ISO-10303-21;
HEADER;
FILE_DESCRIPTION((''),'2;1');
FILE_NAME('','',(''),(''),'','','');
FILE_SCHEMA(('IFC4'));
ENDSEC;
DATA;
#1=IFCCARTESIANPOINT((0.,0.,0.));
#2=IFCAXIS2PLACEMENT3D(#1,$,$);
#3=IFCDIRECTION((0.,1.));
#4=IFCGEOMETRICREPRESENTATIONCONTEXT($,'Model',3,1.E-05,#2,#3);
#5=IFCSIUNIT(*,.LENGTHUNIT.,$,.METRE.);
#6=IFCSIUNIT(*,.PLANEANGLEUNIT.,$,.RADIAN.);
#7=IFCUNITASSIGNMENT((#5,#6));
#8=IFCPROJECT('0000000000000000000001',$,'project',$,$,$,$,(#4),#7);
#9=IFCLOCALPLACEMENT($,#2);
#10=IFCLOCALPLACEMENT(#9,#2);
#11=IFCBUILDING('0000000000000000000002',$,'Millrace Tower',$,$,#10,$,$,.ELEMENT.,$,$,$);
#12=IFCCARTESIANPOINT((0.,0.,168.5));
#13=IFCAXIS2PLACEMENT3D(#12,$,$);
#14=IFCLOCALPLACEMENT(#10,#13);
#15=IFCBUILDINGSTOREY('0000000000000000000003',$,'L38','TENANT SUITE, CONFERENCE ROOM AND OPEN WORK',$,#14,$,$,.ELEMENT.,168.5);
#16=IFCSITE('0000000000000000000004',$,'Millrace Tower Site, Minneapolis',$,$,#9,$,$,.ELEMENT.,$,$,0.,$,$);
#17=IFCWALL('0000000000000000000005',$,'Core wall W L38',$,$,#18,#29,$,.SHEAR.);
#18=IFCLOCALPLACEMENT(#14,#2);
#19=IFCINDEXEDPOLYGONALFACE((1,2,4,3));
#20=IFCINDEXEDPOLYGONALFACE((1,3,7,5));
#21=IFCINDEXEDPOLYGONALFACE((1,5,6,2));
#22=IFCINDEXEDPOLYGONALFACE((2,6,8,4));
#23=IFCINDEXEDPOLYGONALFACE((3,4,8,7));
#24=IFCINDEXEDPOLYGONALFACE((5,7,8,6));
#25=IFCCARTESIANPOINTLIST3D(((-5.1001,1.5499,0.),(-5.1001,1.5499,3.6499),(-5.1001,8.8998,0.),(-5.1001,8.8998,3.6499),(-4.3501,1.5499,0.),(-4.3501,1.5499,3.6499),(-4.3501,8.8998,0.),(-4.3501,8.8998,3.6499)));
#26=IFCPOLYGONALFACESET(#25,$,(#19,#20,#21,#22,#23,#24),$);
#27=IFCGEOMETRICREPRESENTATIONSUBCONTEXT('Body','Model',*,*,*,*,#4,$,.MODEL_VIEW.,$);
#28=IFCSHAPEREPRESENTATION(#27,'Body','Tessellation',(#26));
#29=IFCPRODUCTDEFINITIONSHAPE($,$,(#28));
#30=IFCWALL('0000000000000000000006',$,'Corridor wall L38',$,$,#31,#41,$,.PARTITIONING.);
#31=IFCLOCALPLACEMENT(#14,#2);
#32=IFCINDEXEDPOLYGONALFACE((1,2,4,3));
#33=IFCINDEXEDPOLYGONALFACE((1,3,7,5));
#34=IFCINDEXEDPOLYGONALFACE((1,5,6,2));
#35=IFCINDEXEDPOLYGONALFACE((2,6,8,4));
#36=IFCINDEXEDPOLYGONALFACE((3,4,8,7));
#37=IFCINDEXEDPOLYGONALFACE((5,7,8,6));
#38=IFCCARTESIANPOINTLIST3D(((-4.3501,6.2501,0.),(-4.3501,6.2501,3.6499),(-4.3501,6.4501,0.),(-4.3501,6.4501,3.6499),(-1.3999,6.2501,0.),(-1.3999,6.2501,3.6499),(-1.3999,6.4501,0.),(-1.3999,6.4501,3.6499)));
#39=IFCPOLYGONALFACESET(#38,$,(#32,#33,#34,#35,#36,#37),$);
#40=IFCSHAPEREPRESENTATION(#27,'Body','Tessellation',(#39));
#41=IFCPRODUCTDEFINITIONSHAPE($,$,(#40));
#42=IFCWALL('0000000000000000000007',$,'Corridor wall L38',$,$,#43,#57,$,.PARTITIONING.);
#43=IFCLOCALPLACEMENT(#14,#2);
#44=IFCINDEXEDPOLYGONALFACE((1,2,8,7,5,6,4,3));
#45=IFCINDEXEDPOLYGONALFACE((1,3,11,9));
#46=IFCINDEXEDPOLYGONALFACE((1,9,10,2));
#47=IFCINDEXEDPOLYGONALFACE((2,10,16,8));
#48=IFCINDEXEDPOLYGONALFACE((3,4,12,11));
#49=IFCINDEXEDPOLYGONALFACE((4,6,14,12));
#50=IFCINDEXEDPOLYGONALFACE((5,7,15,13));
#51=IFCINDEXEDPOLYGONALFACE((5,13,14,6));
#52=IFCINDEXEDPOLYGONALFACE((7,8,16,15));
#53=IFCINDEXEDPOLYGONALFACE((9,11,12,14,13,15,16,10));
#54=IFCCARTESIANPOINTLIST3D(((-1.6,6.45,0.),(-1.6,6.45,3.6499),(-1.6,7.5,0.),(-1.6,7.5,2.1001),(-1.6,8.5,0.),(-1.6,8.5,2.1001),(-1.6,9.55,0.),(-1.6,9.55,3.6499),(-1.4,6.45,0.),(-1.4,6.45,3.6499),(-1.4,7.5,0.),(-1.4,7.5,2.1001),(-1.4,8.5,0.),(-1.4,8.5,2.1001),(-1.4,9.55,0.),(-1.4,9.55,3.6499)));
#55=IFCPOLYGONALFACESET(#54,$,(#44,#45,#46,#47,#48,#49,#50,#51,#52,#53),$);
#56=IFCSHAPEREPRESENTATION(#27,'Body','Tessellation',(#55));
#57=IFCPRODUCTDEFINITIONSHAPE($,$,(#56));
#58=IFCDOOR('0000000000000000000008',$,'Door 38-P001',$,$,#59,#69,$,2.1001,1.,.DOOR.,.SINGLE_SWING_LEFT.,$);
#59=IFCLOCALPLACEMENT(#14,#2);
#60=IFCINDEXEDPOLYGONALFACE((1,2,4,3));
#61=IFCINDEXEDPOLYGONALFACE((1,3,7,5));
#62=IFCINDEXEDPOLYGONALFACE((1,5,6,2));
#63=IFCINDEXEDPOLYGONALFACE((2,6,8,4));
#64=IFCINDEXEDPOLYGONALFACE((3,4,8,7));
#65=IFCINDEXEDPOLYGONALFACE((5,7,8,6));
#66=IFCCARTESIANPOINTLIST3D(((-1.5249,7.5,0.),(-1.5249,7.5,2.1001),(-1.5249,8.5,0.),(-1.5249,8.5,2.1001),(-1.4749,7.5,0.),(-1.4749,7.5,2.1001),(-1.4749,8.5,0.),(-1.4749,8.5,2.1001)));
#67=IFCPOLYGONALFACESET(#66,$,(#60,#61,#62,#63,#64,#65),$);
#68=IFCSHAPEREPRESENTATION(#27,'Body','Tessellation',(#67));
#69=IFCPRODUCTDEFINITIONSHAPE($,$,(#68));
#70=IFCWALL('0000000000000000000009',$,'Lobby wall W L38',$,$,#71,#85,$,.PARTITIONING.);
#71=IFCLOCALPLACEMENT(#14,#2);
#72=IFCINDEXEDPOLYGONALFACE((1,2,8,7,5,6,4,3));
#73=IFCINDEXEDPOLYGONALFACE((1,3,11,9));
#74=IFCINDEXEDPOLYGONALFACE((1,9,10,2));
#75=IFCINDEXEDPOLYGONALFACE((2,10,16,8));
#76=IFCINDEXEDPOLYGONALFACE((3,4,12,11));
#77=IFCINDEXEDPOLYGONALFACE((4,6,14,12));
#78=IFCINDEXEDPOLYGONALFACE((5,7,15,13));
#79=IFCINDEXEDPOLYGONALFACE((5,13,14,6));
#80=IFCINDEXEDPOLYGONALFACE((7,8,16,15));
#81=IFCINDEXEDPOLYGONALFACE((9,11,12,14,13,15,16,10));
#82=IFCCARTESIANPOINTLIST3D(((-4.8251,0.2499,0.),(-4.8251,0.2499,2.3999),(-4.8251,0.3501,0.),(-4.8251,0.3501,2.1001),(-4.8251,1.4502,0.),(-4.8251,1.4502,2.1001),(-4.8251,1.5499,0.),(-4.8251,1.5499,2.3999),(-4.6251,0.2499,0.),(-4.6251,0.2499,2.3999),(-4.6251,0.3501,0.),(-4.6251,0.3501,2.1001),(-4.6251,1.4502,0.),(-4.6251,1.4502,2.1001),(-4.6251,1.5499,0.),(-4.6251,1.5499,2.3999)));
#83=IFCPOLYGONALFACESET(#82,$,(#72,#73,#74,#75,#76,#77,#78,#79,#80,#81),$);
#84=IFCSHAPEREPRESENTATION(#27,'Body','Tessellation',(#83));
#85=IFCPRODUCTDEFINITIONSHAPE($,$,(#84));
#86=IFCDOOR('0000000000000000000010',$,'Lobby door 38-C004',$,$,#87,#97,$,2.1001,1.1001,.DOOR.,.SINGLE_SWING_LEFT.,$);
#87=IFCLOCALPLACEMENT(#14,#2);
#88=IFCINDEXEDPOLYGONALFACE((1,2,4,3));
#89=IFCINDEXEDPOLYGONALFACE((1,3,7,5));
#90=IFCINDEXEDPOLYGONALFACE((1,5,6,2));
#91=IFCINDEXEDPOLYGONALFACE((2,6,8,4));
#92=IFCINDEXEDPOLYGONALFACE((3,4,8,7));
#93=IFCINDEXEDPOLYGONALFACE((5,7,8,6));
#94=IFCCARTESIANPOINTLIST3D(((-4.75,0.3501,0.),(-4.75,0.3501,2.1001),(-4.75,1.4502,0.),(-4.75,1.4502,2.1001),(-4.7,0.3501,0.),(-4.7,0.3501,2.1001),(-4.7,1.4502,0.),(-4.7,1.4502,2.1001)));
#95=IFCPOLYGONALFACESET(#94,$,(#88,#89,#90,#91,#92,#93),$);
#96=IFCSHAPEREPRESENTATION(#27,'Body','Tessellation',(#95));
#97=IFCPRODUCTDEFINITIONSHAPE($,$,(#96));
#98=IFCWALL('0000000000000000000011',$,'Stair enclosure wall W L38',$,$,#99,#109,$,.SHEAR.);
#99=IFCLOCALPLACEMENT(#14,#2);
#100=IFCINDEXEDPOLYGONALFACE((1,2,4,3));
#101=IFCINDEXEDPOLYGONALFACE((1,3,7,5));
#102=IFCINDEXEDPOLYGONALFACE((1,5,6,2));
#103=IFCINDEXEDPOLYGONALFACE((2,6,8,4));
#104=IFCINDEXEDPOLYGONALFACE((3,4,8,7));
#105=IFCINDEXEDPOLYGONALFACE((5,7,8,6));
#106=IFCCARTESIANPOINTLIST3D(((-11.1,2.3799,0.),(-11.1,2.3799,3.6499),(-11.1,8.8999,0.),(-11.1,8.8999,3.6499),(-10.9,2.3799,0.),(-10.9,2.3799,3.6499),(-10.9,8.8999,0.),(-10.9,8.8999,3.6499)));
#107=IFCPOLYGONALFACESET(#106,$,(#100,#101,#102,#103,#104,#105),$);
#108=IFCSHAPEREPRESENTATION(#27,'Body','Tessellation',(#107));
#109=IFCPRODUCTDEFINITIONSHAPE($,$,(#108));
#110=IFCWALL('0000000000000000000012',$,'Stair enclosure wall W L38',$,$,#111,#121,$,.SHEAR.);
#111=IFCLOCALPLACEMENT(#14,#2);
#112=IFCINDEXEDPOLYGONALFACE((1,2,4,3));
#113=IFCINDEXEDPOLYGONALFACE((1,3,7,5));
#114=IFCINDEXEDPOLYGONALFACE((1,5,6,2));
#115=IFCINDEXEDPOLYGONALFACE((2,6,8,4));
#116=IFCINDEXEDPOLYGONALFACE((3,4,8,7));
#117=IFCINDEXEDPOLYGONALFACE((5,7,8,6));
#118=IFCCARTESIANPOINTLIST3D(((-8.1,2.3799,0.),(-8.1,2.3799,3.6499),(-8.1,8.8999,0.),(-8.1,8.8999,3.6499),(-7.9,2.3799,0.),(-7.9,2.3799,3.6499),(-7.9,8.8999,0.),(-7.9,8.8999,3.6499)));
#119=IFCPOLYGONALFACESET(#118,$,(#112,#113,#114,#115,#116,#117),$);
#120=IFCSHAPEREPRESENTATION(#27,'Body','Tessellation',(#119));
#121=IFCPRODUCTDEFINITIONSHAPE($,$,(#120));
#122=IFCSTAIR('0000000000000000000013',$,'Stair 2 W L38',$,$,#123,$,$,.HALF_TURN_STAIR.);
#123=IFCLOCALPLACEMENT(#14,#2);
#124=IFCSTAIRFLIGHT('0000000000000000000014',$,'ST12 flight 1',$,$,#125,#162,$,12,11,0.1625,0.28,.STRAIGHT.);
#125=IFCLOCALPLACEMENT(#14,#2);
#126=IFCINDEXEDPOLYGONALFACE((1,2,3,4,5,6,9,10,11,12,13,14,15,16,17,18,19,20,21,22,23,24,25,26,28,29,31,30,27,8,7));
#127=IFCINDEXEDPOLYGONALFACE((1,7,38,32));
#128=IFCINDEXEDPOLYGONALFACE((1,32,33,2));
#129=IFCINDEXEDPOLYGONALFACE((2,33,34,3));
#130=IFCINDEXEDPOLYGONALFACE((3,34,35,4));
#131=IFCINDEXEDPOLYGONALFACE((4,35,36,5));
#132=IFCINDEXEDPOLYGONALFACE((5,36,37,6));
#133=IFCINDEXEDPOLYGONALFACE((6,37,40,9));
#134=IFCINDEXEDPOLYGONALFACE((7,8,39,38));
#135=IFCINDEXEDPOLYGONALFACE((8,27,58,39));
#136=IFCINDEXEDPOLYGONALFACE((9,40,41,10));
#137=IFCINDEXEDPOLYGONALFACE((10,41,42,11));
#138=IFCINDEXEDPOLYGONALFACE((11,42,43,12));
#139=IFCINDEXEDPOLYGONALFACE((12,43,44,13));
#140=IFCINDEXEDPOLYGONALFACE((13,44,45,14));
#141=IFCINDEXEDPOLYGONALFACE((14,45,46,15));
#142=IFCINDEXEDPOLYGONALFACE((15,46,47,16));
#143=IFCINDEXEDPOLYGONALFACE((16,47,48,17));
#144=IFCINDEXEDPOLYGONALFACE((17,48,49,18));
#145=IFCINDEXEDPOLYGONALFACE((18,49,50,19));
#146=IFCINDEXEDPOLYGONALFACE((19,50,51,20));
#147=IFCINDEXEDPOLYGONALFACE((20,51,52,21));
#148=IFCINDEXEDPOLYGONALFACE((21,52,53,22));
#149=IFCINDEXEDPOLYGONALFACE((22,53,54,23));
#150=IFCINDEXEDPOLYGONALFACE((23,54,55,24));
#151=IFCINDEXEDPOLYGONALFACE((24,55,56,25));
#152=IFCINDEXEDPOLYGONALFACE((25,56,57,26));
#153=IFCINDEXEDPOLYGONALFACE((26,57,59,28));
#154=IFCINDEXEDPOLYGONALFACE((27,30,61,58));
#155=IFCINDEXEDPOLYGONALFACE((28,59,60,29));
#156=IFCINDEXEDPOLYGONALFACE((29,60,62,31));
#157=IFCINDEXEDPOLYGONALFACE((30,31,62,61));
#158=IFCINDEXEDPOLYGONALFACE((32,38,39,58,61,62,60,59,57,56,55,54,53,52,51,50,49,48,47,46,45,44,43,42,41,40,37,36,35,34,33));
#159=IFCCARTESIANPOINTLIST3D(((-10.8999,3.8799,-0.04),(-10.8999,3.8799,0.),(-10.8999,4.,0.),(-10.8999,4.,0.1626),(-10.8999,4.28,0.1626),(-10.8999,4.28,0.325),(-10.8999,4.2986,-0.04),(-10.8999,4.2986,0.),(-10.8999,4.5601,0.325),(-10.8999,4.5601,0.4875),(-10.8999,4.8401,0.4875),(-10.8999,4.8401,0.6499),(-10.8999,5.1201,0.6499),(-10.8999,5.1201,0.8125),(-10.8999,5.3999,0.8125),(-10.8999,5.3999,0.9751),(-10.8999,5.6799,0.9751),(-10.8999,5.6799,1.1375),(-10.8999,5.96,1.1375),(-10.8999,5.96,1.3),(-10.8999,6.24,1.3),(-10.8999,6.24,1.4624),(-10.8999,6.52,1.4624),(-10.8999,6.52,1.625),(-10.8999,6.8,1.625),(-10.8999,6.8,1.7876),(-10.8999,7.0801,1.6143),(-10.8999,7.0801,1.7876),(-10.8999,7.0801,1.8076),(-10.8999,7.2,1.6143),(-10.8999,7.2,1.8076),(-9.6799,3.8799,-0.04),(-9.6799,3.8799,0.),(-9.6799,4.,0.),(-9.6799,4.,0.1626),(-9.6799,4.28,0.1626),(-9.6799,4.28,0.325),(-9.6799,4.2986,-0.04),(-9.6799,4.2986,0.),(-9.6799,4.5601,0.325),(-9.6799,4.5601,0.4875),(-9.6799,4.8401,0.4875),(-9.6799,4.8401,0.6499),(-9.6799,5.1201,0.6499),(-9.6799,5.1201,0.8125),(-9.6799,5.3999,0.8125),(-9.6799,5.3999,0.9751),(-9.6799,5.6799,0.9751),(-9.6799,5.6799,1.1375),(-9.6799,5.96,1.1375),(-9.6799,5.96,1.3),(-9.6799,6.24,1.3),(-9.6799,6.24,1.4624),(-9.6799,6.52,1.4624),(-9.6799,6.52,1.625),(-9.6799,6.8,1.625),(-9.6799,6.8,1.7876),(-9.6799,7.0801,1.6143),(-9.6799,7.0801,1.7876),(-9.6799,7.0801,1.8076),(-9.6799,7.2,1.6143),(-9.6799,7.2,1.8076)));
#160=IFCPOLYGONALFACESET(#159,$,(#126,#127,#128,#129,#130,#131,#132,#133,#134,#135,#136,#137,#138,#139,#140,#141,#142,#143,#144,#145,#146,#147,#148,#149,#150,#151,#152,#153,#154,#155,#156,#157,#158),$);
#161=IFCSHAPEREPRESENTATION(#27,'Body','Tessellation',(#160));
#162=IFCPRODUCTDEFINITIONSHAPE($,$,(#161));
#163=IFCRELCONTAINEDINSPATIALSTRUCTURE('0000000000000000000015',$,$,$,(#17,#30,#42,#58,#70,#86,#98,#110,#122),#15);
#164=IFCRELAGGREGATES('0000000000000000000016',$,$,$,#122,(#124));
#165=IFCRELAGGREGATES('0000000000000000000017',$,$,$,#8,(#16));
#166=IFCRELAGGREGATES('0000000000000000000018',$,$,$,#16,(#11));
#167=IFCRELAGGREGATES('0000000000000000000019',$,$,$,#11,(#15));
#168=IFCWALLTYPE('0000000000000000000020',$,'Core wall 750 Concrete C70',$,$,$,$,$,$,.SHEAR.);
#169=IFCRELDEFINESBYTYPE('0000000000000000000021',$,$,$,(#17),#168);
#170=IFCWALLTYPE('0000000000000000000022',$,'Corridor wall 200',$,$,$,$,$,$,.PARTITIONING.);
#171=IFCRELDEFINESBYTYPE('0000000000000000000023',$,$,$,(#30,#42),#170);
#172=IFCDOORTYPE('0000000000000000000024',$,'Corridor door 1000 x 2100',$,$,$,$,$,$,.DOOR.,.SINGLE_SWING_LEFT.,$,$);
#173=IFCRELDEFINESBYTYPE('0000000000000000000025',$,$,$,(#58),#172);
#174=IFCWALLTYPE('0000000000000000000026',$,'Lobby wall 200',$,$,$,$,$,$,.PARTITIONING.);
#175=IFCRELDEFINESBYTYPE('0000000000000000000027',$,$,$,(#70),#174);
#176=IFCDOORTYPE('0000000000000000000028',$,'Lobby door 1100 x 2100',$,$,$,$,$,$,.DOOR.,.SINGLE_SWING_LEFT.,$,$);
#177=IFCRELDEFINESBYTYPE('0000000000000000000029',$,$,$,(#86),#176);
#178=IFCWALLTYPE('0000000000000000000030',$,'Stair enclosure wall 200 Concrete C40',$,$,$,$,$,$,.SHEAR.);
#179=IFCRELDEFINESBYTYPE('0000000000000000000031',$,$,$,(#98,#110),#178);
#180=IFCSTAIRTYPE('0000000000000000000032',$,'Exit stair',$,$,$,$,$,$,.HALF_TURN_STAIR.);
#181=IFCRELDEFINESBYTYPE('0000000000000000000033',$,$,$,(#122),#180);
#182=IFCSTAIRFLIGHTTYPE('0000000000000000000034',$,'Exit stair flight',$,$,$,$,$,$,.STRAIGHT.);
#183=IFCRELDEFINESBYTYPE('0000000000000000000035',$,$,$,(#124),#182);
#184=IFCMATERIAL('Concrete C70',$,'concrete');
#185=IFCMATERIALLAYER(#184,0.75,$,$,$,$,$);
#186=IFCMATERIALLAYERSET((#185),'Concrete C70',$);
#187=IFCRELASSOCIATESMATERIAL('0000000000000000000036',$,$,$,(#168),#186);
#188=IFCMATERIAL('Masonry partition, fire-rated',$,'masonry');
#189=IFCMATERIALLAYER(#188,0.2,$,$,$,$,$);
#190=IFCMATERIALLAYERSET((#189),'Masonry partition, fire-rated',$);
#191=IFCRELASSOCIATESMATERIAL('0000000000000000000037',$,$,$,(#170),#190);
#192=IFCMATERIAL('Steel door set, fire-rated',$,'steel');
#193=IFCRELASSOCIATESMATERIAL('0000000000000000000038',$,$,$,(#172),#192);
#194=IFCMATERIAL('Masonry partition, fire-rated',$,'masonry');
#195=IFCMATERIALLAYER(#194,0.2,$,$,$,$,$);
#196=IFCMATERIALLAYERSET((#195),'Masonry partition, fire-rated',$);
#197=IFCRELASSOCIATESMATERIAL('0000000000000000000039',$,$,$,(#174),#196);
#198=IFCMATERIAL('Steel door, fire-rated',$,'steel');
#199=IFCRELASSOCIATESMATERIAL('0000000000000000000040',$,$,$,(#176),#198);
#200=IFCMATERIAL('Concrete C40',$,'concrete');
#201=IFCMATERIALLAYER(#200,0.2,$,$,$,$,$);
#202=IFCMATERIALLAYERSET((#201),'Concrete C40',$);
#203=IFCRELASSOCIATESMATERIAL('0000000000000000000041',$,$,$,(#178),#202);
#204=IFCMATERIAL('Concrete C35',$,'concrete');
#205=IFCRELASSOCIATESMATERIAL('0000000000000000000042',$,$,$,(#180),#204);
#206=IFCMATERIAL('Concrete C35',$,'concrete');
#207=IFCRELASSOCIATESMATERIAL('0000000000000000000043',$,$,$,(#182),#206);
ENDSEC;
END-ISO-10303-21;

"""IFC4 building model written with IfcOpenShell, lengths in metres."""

from ifc_helpers import new_model, si_unit, direction, frame, frame_2d, origin, place, context, subcontext, project, spatial, polyline, rectangle, outline, extrude, material, layer, layer_set, type_object, element, fill, aggregate, save


model = new_model("IFC4")

# Units and contexts
model_context = context("Model", 3, precision=1e-05, world=origin(), true_north=direction((0.0, 1.0)))
body_context = subcontext(model_context, "Body", "Model", "MODEL_VIEW")
ifc_project = project(units=[si_unit("LENGTHUNIT", "METRE"), si_unit("PLANEANGLEUNIT", "RADIAN")], contexts=[model_context])

# Site, building, storey
site_placement = place(None, origin())
site = spatial("IfcSite", under=ifc_project, at=site_placement, Name="Millrace Tower Site, Minneapolis", CompositionType="ELEMENT", RefElevation=0.0)
building_placement = place(site_placement, origin())
building = spatial("IfcBuilding", under=site, at=building_placement, Name="Millrace Tower", CompositionType="ELEMENT")
storey_placement = place(building_placement, frame((0.0, 0.0, 168.5)))
storey = spatial("IfcBuildingStorey", under=building, at=storey_placement, Name="L38", Description="TENANT SUITE, CONFERENCE ROOM AND OPEN WORK", CompositionType="ELEMENT", Elevation=168.5)

# Shared definitions
placement_1 = place(storey_placement, origin())

# Walls
ifc_material_1 = material(Name="Concrete C70", Category="concrete")
ifc_layer_1 = layer(ifc_material_1, 0.75)
ifc_layer_set_1 = layer_set([ifc_layer_1], Name="Concrete C70")
wall_type_1 = type_object("IfcWallType", Name="Core wall 750 Concrete C70", PredefinedType="SHEAR", material=ifc_layer_set_1)
wall_1_placement = place(storey_placement, frame((-4.7251, 1.55, 0.0), z_axis=(0.0, 0.0, 1.0), x_axis=(0.0, 1.0, 0.0)))
element("IfcWall", 1, at=wall_1_placement, inside=storey, type_object=wall_type_1, Name="Core wall W L38", PredefinedType="SHEAR", context=body_context, shape_type="SweptSolid", body=[
    extrude(rectangle(XDim=7.3499, YDim=0.75, at=frame_2d((3.6748, 0.0))), origin(), (0.0, 0.0, 1.0), 3.6499),
])
ifc_material_2 = material(Name="Masonry partition, fire-rated", Category="masonry")
ifc_layer_2 = layer(ifc_material_2, 0.2)
ifc_layer_set_2 = layer_set([ifc_layer_2], Name="Masonry partition, fire-rated")
wall_type_2 = type_object("IfcWallType", Name="Corridor wall 200", PredefinedType="PARTITIONING", material=ifc_layer_set_2)
wall_2_placement = place(storey_placement, frame((-4.3501, 6.3501, 0.0), z_axis=(0.0, 0.0, 1.0), x_axis=(1.0, 0.0, 0.0)))
element("IfcWall", 2, at=wall_2_placement, inside=storey, type_object=wall_type_2, Name="Corridor wall L38", PredefinedType="PARTITIONING", context=body_context, shape_type="SweptSolid", body=[
    extrude(rectangle(XDim=2.9502, YDim=0.2, at=frame_2d((1.4751, 0.0))), origin(), (0.0, 0.0, 1.0), 3.6499),
])

# Walls, openings, doors
wall_3_placement = place(storey_placement, frame((-1.5, 6.45, 0.0), z_axis=(0.0, 0.0, 1.0), x_axis=(0.0, 1.0, 0.0)))
wall_3 = element("IfcWall", 3, at=wall_3_placement, inside=storey, type_object=wall_type_2, Name="Corridor wall L38", PredefinedType="PARTITIONING", context=body_context, shape_type="SweptSolid", body=[
    extrude(rectangle(XDim=3.1001, YDim=0.2, at=frame_2d((1.55, 0.0))), origin(), (0.0, 0.0, 1.0), 3.6499),
])
opening_1_placement = place(wall_3_placement, frame((1.05, 0.0, 0.0)))
opening_1 = element("IfcOpeningElement", 4, at=opening_1_placement, cuts=wall_3, PredefinedType="OPENING", context=body_context, shape_type="SweptSolid", body=[
    extrude(rectangle(XDim=1.0, YDim=2.1001, at=frame_2d((0.5, 1.05))), frame((0.0, 0.1099, 0.0), z_axis=(0.0, -1.0, 0.0), x_axis=(1.0, 0.0, 0.0)), (0.0, 0.0, 1.0), 0.22),
])
ifc_material_3 = material(Name="Steel door set, fire-rated", Category="steel")
door_type_1 = type_object("IfcDoorType", Name="Corridor door 1000 x 2100", OperationType="SINGLE_SWING_LEFT", PredefinedType="DOOR", material=ifc_material_3)
door_1_placement = place(opening_1_placement, origin())
door_1 = element("IfcDoor", 5, at=door_1_placement, inside=storey, type_object=door_type_1, Name="Door 38-P001", OperationType="SINGLE_SWING_LEFT", OverallHeight=2.1001, OverallWidth=1.0, PredefinedType="DOOR", context=body_context, shape_type="SweptSolid", body=[
    extrude(rectangle(XDim=1.0, YDim=2.1001, at=frame_2d((0.5, 1.05))), frame((0.0, 0.0249, 0.0), z_axis=(0.0, -1.0, 0.0), x_axis=(1.0, 0.0, 0.0)), (0.0, 0.0, 1.0), 0.05),
])
fill(opening_1, door_1)
ifc_material_4 = material(Name="Masonry partition, fire-rated", Category="masonry")
ifc_layer_3 = layer(ifc_material_4, 0.2)
ifc_layer_set_3 = layer_set([ifc_layer_3], Name="Masonry partition, fire-rated")
wall_type_3 = type_object("IfcWallType", Name="Lobby wall 200", PredefinedType="PARTITIONING", material=ifc_layer_set_3)
wall_4_placement = place(storey_placement, frame((-4.7251, 0.25, 0.0), z_axis=(0.0, 0.0, 1.0), x_axis=(0.0, 1.0, 0.0)))
wall_4 = element("IfcWall", 6, at=wall_4_placement, inside=storey, type_object=wall_type_3, Name="Lobby wall W L38", PredefinedType="PARTITIONING", context=body_context, shape_type="SweptSolid", body=[
    extrude(rectangle(XDim=1.3, YDim=0.2, at=frame_2d((0.6499, 0.0))), origin(), (0.0, 0.0, 1.0), 2.3999),
])
opening_2_placement = place(wall_4_placement, frame((0.1001, 0.0, 0.0)))
opening_2 = element("IfcOpeningElement", 7, at=opening_2_placement, cuts=wall_4, PredefinedType="OPENING", context=body_context, shape_type="SweptSolid", body=[
    extrude(rectangle(XDim=1.1001, YDim=2.1001, at=frame_2d((0.55, 1.05))), frame((0.0, 0.1099, 0.0), z_axis=(0.0, -1.0, 0.0), x_axis=(1.0, 0.0, 0.0)), (0.0, 0.0, 1.0), 0.22),
])
ifc_material_5 = material(Name="Steel door, fire-rated", Category="steel")
door_type_2 = type_object("IfcDoorType", Name="Lobby door 1100 x 2100", OperationType="SINGLE_SWING_LEFT", PredefinedType="DOOR", material=ifc_material_5)
door_2_placement = place(opening_2_placement, origin())
door_2 = element("IfcDoor", 8, at=door_2_placement, inside=storey, type_object=door_type_2, Name="Lobby door 38-C004", OperationType="SINGLE_SWING_LEFT", OverallHeight=2.1001, OverallWidth=1.1001, PredefinedType="DOOR", context=body_context, shape_type="SweptSolid", body=[
    extrude(rectangle(XDim=1.1001, YDim=2.1001, at=frame_2d((0.55, 1.05))), frame((0.0, 0.0249, 0.0), z_axis=(0.0, -1.0, 0.0), x_axis=(1.0, 0.0, 0.0)), (0.0, 0.0, 1.0), 0.05),
])
fill(opening_2, door_2)

# Walls
ifc_material_6 = material(Name="Concrete C40", Category="concrete")
ifc_layer_4 = layer(ifc_material_6, 0.2)
ifc_layer_set_4 = layer_set([ifc_layer_4], Name="Concrete C40")
wall_type_4 = type_object("IfcWallType", Name="Stair enclosure wall 200 Concrete C40", PredefinedType="SHEAR", material=ifc_layer_set_4)
for number, where, z_axis, x_axis, name in (
    (9, (-11.0, 2.3799, 0.0), (0.0, 0.0, 1.0), (0.0, 1.0, 0.0), "Stair enclosure wall W L38"),
    (10, (-8.0, 2.3799, 0.0), (0.0, 0.0, 1.0), (0.0, 1.0, 0.0), "Stair enclosure wall W L38"),
):
    element("IfcWall", number, at=place(storey_placement, frame(where, z_axis=z_axis, x_axis=x_axis)), inside=storey, type_object=wall_type_4, Name=name, PredefinedType="SHEAR", context=body_context, shape_type="SweptSolid", body=[
        extrude(rectangle(XDim=6.52, YDim=0.2, at=frame_2d((3.26, 0.0))), origin(), (0.0, 0.0, 1.0), 3.6499),
    ])

# Stair, stair flight
ifc_material_7 = material(Name="Concrete C35", Category="concrete")
stair_type = type_object("IfcStairType", Name="Exit stair", PredefinedType="HALF_TURN_STAIR", material=ifc_material_7)
stair_1 = element("IfcStair", 11, at=placement_1, inside=storey, type_object=stair_type, Name="Stair 2 W L38", PredefinedType="HALF_TURN_STAIR")
ifc_material_8 = material(Name="Concrete C35", Category="concrete")
stair_flight_type = type_object("IfcStairFlightType", Name="Exit stair flight", PredefinedType="STRAIGHT", material=ifc_material_8)
stair_flight_1_placement = place(storey_placement, frame((-10.29, 4.0, 0.0), z_axis=(0.0, 0.0, 1.0), x_axis=(0.0, 1.0, 0.0)))
stair_flight_1 = element("IfcStairFlight", 12, at=stair_flight_1_placement, type_object=stair_flight_type, Name="ST12 flight 1", NumberOfRisers=12, NumberOfTreads=11, PredefinedType="STRAIGHT", RiserHeight=0.1625, TreadLength=0.28, context=body_context, shape_type="SweptSolid", body=[
    extrude(outline(polyline([(-0.1201, -0.04), (-0.1201, 0.0), (0.0, 0.0), (0.0, 0.1626), (0.28, 0.1626), (0.28, 0.325), (0.5601, 0.325), (0.5601, 0.4875), (0.8401, 0.4875), (0.8401, 0.6499), (1.1201, 0.6499), (1.1201, 0.8125), (1.3999, 0.8125), (1.3999, 0.9751), (1.6799, 0.9751), (1.6799, 1.1375), (1.96, 1.1375), (1.96, 1.3), (2.24, 1.3), (2.24, 1.4624), (2.52, 1.4624), (2.52, 1.625), (2.8, 1.625), (2.8, 1.7876), (3.0801, 1.7876), (3.0801, 1.8076), (3.2, 1.8076), (3.2, 1.6143), (3.0801, 1.6143), (0.2986, 0.0), (0.2986, -0.04), (-0.1201, -0.04)])), frame((0.0, 0.6099, 0.0), z_axis=(0.0, -1.0, 0.0), x_axis=(1.0, 0.0, 0.0)), (0.0, 0.0, 1.0), 1.22),
])
aggregate(stair_1, [stair_flight_1])

save(model, "model.ifc")
